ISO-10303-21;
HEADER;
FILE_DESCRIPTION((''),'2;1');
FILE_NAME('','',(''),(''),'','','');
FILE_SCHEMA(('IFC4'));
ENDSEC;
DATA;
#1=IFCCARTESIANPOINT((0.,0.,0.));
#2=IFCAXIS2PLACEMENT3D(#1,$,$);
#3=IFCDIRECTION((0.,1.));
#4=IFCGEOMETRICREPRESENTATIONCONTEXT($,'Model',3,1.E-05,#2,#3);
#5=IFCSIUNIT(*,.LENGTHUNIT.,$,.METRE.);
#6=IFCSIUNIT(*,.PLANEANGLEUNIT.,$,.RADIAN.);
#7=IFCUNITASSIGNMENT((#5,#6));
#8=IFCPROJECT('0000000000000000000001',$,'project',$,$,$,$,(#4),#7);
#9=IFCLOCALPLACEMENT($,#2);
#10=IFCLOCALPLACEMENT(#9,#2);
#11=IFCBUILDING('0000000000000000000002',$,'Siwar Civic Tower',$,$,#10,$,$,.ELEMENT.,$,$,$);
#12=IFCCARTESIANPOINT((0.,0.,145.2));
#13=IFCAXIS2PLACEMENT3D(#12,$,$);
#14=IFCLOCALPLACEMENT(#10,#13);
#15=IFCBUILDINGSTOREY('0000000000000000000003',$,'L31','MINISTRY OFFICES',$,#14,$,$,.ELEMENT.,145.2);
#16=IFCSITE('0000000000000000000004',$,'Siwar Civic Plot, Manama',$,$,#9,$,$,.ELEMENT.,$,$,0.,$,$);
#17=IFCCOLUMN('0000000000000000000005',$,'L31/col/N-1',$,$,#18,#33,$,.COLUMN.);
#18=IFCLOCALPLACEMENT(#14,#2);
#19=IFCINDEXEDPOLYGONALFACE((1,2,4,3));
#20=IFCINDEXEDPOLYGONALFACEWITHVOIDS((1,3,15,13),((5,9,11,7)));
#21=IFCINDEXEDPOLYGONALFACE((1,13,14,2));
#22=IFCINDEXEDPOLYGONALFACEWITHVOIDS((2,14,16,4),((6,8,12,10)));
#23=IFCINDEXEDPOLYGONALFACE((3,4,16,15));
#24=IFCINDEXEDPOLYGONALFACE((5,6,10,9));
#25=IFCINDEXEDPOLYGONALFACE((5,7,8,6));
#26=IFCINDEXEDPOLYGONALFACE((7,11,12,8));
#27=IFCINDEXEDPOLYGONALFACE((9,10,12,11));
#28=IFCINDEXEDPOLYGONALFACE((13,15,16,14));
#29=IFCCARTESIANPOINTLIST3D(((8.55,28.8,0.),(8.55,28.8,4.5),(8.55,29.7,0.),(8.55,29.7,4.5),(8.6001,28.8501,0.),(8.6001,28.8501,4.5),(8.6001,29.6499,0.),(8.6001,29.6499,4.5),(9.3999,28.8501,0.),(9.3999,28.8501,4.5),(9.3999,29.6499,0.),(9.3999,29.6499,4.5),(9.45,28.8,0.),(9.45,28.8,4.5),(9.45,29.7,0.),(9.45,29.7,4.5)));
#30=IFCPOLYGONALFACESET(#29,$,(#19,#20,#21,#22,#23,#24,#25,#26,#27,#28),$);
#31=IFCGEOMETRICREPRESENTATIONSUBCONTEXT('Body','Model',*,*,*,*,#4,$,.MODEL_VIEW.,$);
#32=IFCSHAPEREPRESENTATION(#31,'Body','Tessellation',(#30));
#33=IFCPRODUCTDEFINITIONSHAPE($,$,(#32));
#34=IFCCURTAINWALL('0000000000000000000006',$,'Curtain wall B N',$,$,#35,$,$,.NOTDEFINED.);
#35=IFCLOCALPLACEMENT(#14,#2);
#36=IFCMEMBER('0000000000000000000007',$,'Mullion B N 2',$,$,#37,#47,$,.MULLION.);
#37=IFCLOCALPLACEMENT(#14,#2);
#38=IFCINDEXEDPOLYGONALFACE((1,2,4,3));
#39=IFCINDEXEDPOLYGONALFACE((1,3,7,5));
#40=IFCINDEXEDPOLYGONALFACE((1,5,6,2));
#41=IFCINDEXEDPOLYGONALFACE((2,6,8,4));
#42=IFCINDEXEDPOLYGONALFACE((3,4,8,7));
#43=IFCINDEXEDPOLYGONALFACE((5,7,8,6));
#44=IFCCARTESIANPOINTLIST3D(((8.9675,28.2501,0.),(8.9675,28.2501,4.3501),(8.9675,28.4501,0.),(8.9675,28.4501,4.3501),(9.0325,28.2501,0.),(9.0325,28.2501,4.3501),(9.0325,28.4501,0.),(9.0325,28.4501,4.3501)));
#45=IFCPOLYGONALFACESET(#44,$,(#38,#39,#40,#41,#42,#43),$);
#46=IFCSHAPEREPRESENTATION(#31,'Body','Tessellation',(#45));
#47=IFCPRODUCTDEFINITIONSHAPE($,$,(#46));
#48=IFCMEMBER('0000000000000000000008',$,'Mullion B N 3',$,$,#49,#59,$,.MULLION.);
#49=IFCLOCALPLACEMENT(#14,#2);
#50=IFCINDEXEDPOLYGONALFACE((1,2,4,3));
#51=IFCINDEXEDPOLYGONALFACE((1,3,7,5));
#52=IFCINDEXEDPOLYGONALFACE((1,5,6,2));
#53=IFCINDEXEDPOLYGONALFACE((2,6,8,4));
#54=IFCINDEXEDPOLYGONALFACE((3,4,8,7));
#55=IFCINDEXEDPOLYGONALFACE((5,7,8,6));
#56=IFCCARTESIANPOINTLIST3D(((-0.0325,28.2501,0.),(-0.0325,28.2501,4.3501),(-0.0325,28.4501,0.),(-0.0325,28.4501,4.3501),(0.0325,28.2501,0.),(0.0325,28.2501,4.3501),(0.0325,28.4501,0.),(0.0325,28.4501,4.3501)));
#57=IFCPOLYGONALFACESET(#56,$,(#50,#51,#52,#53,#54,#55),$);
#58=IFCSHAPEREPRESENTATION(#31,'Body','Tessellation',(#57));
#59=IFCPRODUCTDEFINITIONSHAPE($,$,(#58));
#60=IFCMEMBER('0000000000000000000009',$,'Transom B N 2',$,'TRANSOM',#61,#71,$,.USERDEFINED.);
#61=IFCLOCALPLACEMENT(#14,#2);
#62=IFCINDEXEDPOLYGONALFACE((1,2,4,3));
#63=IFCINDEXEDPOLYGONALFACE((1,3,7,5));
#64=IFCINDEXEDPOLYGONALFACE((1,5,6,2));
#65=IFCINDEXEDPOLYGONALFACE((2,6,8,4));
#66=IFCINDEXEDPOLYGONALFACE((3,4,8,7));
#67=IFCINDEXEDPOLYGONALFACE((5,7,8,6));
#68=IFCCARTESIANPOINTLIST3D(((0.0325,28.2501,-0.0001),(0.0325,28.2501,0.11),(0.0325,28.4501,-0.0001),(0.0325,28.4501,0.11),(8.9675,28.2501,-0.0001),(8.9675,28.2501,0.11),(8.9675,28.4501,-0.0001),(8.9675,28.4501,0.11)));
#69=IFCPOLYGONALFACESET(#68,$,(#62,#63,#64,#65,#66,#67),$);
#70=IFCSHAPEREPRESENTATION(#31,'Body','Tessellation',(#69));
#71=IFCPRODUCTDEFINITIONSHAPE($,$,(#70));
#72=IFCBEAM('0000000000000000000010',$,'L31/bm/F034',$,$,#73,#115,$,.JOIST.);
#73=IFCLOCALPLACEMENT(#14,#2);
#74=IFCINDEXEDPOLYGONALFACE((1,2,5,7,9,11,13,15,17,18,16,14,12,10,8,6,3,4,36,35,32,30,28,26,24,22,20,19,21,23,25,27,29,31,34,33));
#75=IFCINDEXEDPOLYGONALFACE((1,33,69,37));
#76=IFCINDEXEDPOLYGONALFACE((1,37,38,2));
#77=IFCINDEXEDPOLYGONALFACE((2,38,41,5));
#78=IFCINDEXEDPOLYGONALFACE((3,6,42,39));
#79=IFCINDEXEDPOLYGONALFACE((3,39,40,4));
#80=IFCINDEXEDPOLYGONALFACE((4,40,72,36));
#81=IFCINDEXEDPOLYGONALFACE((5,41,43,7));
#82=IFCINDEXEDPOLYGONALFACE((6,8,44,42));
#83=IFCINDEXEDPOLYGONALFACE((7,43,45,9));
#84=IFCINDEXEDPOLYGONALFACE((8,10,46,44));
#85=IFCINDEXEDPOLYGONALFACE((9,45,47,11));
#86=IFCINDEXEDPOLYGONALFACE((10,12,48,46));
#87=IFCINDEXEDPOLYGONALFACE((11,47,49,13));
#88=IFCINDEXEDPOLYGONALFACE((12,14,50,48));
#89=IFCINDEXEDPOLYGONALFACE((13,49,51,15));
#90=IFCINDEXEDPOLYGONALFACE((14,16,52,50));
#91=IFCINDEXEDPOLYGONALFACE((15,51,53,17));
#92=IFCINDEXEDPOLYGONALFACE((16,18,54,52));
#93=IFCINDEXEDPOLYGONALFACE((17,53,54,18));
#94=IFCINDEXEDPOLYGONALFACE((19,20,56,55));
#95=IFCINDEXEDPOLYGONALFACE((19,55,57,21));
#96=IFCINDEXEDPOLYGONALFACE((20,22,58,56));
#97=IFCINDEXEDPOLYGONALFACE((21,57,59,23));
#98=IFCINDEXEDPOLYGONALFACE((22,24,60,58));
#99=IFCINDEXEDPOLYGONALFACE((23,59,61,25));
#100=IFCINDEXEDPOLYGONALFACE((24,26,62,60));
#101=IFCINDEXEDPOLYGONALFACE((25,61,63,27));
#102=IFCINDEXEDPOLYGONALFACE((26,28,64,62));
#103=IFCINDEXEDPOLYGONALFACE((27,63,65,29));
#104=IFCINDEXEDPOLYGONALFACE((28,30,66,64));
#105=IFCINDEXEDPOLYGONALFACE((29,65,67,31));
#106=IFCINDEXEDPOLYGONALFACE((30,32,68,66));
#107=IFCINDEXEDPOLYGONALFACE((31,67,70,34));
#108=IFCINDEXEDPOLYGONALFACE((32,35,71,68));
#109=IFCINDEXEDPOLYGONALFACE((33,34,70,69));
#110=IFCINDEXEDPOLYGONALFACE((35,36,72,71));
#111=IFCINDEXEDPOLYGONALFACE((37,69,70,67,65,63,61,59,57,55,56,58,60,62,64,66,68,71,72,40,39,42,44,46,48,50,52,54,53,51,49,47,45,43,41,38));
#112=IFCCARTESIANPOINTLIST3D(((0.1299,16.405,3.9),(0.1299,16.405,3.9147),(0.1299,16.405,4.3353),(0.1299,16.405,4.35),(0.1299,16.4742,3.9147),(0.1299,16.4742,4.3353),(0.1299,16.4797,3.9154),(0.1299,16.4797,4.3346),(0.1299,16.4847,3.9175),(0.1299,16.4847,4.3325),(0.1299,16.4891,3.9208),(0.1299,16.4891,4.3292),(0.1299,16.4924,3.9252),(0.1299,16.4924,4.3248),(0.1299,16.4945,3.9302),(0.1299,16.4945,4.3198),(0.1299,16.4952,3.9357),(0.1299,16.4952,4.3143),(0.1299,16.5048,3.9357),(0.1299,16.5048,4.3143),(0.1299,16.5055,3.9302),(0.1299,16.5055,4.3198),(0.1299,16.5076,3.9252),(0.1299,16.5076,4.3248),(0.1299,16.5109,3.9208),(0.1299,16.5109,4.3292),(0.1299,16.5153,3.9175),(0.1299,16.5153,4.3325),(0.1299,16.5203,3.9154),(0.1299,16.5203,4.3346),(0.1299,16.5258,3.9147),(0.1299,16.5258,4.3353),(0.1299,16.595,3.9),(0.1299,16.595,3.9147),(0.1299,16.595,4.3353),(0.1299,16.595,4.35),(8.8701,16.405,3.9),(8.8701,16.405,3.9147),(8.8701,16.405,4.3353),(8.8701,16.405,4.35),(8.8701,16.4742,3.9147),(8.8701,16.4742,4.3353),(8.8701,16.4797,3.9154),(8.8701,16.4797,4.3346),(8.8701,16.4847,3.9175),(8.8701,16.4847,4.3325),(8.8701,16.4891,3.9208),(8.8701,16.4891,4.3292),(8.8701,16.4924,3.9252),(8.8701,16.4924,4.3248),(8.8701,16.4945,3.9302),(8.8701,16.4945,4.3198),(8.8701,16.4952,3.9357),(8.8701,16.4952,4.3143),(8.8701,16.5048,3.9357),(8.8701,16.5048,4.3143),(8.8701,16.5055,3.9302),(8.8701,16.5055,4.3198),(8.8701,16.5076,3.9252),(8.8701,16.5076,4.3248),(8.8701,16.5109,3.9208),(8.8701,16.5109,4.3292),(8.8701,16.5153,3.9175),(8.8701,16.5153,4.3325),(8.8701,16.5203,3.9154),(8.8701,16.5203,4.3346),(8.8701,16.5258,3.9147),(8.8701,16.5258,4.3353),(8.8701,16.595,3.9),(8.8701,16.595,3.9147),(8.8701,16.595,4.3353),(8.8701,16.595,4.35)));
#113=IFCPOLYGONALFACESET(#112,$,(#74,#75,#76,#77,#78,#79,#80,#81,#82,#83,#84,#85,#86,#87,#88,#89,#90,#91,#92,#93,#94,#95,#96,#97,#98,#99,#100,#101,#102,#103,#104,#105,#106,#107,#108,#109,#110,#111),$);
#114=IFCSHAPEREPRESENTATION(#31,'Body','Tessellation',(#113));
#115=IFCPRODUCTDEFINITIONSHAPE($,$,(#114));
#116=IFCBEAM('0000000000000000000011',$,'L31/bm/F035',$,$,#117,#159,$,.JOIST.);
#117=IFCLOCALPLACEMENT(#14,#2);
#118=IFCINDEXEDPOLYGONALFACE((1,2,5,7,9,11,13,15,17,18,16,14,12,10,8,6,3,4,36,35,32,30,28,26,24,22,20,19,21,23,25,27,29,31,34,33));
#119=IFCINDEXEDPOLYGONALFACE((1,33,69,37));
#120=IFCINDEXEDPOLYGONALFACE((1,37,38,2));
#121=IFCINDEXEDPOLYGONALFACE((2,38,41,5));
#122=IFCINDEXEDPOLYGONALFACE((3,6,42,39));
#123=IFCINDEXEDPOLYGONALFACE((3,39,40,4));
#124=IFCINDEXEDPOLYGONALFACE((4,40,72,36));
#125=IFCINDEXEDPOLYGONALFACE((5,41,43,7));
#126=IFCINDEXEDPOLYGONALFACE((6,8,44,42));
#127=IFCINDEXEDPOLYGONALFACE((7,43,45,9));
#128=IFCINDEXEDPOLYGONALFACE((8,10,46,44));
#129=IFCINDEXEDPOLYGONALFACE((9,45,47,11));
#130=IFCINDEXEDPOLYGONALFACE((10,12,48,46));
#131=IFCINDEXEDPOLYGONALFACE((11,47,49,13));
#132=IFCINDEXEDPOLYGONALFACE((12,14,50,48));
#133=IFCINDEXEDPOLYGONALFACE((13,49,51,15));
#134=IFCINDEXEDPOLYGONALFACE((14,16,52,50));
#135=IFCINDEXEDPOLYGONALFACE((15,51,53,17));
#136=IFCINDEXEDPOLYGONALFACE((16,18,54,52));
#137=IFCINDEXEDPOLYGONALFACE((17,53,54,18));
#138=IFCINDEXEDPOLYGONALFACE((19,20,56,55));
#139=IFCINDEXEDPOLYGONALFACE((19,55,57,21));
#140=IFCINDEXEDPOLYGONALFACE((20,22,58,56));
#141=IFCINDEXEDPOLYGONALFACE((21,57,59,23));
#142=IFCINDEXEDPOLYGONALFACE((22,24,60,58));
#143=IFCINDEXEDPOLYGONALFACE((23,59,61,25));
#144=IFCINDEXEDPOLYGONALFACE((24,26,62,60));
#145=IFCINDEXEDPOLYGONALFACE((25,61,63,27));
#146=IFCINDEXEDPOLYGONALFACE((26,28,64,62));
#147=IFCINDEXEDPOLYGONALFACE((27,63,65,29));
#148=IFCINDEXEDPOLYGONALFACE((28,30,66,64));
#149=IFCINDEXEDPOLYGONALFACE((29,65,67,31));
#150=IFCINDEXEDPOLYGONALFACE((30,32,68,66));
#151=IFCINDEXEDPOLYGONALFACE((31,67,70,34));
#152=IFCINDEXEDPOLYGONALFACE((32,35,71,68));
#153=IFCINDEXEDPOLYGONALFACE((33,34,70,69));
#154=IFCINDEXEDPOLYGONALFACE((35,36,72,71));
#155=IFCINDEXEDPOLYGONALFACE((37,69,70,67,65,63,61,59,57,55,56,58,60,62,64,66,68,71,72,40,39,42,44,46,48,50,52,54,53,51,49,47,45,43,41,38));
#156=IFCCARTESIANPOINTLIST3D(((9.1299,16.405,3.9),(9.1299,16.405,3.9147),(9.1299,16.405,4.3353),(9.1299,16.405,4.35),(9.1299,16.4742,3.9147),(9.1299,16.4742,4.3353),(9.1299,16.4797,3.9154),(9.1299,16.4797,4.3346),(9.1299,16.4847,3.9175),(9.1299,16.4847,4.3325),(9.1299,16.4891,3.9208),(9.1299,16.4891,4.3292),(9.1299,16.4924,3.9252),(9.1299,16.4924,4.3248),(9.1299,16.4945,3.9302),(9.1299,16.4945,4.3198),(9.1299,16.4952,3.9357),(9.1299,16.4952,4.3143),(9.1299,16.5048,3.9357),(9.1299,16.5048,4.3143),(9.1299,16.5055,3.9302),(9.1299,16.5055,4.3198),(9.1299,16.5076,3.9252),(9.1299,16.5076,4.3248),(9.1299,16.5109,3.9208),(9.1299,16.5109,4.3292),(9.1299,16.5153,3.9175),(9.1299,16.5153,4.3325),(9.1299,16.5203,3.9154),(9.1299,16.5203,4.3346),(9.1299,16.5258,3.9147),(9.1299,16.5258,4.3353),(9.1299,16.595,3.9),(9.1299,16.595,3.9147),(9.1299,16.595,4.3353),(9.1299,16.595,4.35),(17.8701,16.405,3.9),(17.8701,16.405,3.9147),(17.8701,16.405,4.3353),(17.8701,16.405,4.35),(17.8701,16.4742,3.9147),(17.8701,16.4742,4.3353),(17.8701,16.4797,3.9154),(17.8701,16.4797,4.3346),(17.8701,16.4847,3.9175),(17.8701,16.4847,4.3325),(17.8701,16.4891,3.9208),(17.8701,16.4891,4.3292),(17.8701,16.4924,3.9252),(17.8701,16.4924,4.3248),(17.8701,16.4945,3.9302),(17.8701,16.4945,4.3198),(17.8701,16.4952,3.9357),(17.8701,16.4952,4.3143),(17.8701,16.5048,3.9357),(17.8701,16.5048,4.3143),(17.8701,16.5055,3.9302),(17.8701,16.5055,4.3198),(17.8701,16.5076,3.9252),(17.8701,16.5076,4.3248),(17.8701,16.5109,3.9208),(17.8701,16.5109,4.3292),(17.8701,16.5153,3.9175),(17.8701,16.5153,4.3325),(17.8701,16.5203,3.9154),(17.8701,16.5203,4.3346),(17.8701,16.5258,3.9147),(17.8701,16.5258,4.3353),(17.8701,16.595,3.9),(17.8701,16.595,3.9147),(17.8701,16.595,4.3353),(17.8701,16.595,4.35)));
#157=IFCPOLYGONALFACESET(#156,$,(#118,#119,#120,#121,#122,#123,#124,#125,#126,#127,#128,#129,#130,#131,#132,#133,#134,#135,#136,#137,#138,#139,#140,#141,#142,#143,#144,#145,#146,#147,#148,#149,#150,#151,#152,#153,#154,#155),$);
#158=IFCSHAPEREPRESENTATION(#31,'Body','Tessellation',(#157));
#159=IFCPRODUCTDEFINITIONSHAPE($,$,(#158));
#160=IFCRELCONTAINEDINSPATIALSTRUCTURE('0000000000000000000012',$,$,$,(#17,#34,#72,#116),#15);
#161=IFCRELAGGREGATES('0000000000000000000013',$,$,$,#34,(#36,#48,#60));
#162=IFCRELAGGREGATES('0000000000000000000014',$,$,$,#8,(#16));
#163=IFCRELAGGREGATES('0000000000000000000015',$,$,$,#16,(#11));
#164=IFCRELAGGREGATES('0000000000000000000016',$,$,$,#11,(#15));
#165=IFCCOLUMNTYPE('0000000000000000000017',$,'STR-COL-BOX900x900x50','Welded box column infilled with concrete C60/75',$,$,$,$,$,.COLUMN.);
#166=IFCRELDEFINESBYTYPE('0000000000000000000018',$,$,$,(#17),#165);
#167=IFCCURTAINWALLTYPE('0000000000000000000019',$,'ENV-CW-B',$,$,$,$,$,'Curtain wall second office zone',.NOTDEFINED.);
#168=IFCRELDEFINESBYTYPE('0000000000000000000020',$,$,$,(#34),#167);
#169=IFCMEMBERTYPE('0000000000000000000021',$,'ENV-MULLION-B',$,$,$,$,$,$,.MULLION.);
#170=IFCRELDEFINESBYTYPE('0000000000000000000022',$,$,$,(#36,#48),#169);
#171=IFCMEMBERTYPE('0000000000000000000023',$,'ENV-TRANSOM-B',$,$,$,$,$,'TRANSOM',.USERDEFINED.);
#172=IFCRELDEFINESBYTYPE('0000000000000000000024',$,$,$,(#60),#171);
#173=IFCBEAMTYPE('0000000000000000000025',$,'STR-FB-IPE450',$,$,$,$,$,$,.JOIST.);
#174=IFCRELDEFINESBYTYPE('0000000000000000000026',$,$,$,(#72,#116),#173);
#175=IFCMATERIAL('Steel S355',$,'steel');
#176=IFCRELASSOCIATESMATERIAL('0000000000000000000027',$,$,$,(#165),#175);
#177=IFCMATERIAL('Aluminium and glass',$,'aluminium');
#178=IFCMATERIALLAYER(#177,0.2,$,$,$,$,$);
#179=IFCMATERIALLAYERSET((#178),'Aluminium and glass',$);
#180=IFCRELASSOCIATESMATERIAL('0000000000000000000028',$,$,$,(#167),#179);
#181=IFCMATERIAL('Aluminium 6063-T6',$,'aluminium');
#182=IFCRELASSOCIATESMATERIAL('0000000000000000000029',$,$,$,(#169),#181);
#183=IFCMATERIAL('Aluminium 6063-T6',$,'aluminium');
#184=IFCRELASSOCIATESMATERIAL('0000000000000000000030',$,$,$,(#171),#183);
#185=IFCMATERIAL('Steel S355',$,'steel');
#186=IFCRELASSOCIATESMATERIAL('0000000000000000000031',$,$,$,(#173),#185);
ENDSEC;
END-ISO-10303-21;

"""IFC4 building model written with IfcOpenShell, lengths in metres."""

from ifc_helpers import new_model, si_unit, direction, frame, origin, origin_2d, place, context, subcontext, project, spatial, rectangle, hollow_rectangle, i_section, extrude, material, layer, layer_set, material_profile, profile_set, type_object, element, aggregate, save


model = new_model("IFC4")

# Units and contexts
model_context = context("Model", 3, precision=1e-05, world=origin(), true_north=direction((0.0, 1.0)))
body_context = subcontext(model_context, "Body", "Model", "MODEL_VIEW")
ifc_project = project(units=[si_unit("LENGTHUNIT", "METRE"), si_unit("PLANEANGLEUNIT", "RADIAN")], contexts=[model_context])

# Site, building, storey
site_placement = place(None, origin())
site = spatial("IfcSite", under=ifc_project, at=site_placement, Name="Siwar Civic Plot, Manama", CompositionType="ELEMENT", RefElevation=0.0)
building_placement = place(site_placement, origin())
building = spatial("IfcBuilding", under=site, at=building_placement, Name="Siwar Civic Tower", CompositionType="ELEMENT")
storey_placement = place(building_placement, frame((0.0, 0.0, 145.2)))
storey = spatial("IfcBuildingStorey", under=building, at=storey_placement, Name="L31", Description="MINISTRY OFFICES", CompositionType="ELEMENT", Elevation=145.2)

# Column
ifc_material_1 = material(Name="Steel S355", Category="steel")
ifc_material_profile_1 = material_profile(ifc_material_1, hollow_rectangle(XDim=0.8999, YDim=0.8999, WallThickness=0.05, at=origin_2d()), Name="BOX900x900x50")
ifc_profile_set_1 = profile_set([ifc_material_profile_1], Name="Steel S355")
column_type = type_object("IfcColumnType", Name="STR-COL-BOX900x900x50", Description="Welded box column infilled with concrete C60/75", PredefinedType="COLUMN", material=ifc_profile_set_1)
column_placement = place(storey_placement, frame((9.0, 29.25, 0.0), z_axis=(0.0, 0.0, 1.0), x_axis=(1.0, 0.0, 0.0)))
element("IfcColumn", 1, at=column_placement, inside=storey, type_object=column_type, Name="L31/col/N-1", PredefinedType="COLUMN", context=body_context, shape_type="SweptSolid", body=[
    extrude(hollow_rectangle(XDim=0.8999, YDim=0.8999, WallThickness=0.05, at=origin_2d()), origin(), (0.0, 0.0, 1.0), 4.5),
])

# Curtain wall, members
ifc_material_2 = material(Name="Aluminium and glass", Category="aluminium")
ifc_layer_1 = layer(ifc_material_2, 0.2)
ifc_layer_set_1 = layer_set([ifc_layer_1], Name="Aluminium and glass")
curtain_wall_type = type_object("IfcCurtainWallType", Name="ENV-CW-B", ElementType="Curtain wall second office zone", PredefinedType="NOTDEFINED", material=ifc_layer_set_1)
curtain_wall_placement = place(storey_placement, origin())
curtain_wall = element("IfcCurtainWall", 2, at=curtain_wall_placement, inside=storey, type_object=curtain_wall_type, Name="Curtain wall B N", PredefinedType="NOTDEFINED")
ifc_material_3 = material(Name="Aluminium 6063-T6", Category="aluminium")
ifc_material_profile_2 = material_profile(ifc_material_3, rectangle(XDim=0.2, YDim=0.0649, at=origin_2d()), Name="AL 200x65")
ifc_profile_set_2 = profile_set([ifc_material_profile_2], Name="Aluminium 6063-T6")
member_type_1 = type_object("IfcMemberType", Name="ENV-MULLION-B", PredefinedType="MULLION", material=ifc_profile_set_2)
member_1_placement = place(storey_placement, frame((9.0, 28.3501, 0.0), z_axis=(0.0, 0.0, 1.0), x_axis=(0.0, -1.0, 0.0)))
member_1 = element("IfcMember", 3, at=member_1_placement, type_object=member_type_1, Name="Mullion B N 2", PredefinedType="MULLION", context=body_context, shape_type="SweptSolid", body=[
    extrude(rectangle(XDim=0.2, YDim=0.0649, at=origin_2d()), origin(), (0.0, 0.0, 1.0), 4.3501),
])
member_2_placement = place(storey_placement, frame((0.0, 28.3501, 0.0), z_axis=(0.0, 0.0, 1.0), x_axis=(0.0, -1.0, 0.0)))
member_2 = element("IfcMember", 4, at=member_2_placement, type_object=member_type_1, Name="Mullion B N 3", PredefinedType="MULLION", context=body_context, shape_type="SweptSolid", body=[
    extrude(rectangle(XDim=0.2, YDim=0.0649, at=origin_2d()), origin(), (0.0, 0.0, 1.0), 4.3501),
])
ifc_material_4 = material(Name="Aluminium 6063-T6", Category="aluminium")
ifc_material_profile_3 = material_profile(ifc_material_4, rectangle(XDim=0.2, YDim=0.1101, at=origin_2d()), Name="AL 200x110")
ifc_profile_set_3 = profile_set([ifc_material_profile_3], Name="Aluminium 6063-T6")
member_type_2 = type_object("IfcMemberType", Name="ENV-TRANSOM-B", ElementType="TRANSOM", PredefinedType="USERDEFINED", material=ifc_profile_set_3)
member_3_placement = place(storey_placement, frame((8.9675, 28.3501, 0.0549), z_axis=(-1.0, 0.0, 0.0), x_axis=(0.0, -1.0, 0.0)))
member_3 = element("IfcMember", 5, at=member_3_placement, type_object=member_type_2, Name="Transom B N 2", ObjectType="TRANSOM", PredefinedType="USERDEFINED", context=body_context, shape_type="SweptSolid", body=[
    extrude(rectangle(XDim=0.2, YDim=0.1101, at=origin_2d()), origin(), (0.0, 0.0, 1.0), 8.9351),
])

# Beams
ifc_material_5 = material(Name="Steel S355", Category="steel")
ifc_material_profile_4 = material_profile(ifc_material_5, i_section(OverallWidth=0.1899, OverallDepth=0.45, WebThickness=0.0095, FlangeThickness=0.0146, FilletRadius=0.021, at=origin_2d()), Name="IPE450")
ifc_profile_set_4 = profile_set([ifc_material_profile_4], Name="Steel S355")
beam_type_1 = type_object("IfcBeamType", Name="STR-FB-IPE450", PredefinedType="JOIST", material=ifc_profile_set_4)
for number, where, z_axis, x_axis, name in (
    (6, (0.1299, 16.5, 4.125), (1.0, 0.0, 0.0), (0.0, 1.0, 0.0), "L31/bm/F034"),
    (7, (9.1299, 16.5, 4.125), (1.0, 0.0, 0.0), (0.0, 1.0, 0.0), "L31/bm/F035"),
):
    element("IfcBeam", number, at=place(storey_placement, frame(where, z_axis=z_axis, x_axis=x_axis)), inside=storey, type_object=beam_type_1, Name=name, PredefinedType="JOIST", context=body_context, shape_type="SweptSolid", body=[
        extrude(i_section(OverallWidth=0.1899, OverallDepth=0.45, WebThickness=0.0095, FlangeThickness=0.0146, FilletRadius=0.021, at=origin_2d()), origin(), (0.0, 0.0, 1.0), 8.7402),
    ])

aggregate(curtain_wall, [member_1, member_2, member_3])

save(model, "model.ifc")
